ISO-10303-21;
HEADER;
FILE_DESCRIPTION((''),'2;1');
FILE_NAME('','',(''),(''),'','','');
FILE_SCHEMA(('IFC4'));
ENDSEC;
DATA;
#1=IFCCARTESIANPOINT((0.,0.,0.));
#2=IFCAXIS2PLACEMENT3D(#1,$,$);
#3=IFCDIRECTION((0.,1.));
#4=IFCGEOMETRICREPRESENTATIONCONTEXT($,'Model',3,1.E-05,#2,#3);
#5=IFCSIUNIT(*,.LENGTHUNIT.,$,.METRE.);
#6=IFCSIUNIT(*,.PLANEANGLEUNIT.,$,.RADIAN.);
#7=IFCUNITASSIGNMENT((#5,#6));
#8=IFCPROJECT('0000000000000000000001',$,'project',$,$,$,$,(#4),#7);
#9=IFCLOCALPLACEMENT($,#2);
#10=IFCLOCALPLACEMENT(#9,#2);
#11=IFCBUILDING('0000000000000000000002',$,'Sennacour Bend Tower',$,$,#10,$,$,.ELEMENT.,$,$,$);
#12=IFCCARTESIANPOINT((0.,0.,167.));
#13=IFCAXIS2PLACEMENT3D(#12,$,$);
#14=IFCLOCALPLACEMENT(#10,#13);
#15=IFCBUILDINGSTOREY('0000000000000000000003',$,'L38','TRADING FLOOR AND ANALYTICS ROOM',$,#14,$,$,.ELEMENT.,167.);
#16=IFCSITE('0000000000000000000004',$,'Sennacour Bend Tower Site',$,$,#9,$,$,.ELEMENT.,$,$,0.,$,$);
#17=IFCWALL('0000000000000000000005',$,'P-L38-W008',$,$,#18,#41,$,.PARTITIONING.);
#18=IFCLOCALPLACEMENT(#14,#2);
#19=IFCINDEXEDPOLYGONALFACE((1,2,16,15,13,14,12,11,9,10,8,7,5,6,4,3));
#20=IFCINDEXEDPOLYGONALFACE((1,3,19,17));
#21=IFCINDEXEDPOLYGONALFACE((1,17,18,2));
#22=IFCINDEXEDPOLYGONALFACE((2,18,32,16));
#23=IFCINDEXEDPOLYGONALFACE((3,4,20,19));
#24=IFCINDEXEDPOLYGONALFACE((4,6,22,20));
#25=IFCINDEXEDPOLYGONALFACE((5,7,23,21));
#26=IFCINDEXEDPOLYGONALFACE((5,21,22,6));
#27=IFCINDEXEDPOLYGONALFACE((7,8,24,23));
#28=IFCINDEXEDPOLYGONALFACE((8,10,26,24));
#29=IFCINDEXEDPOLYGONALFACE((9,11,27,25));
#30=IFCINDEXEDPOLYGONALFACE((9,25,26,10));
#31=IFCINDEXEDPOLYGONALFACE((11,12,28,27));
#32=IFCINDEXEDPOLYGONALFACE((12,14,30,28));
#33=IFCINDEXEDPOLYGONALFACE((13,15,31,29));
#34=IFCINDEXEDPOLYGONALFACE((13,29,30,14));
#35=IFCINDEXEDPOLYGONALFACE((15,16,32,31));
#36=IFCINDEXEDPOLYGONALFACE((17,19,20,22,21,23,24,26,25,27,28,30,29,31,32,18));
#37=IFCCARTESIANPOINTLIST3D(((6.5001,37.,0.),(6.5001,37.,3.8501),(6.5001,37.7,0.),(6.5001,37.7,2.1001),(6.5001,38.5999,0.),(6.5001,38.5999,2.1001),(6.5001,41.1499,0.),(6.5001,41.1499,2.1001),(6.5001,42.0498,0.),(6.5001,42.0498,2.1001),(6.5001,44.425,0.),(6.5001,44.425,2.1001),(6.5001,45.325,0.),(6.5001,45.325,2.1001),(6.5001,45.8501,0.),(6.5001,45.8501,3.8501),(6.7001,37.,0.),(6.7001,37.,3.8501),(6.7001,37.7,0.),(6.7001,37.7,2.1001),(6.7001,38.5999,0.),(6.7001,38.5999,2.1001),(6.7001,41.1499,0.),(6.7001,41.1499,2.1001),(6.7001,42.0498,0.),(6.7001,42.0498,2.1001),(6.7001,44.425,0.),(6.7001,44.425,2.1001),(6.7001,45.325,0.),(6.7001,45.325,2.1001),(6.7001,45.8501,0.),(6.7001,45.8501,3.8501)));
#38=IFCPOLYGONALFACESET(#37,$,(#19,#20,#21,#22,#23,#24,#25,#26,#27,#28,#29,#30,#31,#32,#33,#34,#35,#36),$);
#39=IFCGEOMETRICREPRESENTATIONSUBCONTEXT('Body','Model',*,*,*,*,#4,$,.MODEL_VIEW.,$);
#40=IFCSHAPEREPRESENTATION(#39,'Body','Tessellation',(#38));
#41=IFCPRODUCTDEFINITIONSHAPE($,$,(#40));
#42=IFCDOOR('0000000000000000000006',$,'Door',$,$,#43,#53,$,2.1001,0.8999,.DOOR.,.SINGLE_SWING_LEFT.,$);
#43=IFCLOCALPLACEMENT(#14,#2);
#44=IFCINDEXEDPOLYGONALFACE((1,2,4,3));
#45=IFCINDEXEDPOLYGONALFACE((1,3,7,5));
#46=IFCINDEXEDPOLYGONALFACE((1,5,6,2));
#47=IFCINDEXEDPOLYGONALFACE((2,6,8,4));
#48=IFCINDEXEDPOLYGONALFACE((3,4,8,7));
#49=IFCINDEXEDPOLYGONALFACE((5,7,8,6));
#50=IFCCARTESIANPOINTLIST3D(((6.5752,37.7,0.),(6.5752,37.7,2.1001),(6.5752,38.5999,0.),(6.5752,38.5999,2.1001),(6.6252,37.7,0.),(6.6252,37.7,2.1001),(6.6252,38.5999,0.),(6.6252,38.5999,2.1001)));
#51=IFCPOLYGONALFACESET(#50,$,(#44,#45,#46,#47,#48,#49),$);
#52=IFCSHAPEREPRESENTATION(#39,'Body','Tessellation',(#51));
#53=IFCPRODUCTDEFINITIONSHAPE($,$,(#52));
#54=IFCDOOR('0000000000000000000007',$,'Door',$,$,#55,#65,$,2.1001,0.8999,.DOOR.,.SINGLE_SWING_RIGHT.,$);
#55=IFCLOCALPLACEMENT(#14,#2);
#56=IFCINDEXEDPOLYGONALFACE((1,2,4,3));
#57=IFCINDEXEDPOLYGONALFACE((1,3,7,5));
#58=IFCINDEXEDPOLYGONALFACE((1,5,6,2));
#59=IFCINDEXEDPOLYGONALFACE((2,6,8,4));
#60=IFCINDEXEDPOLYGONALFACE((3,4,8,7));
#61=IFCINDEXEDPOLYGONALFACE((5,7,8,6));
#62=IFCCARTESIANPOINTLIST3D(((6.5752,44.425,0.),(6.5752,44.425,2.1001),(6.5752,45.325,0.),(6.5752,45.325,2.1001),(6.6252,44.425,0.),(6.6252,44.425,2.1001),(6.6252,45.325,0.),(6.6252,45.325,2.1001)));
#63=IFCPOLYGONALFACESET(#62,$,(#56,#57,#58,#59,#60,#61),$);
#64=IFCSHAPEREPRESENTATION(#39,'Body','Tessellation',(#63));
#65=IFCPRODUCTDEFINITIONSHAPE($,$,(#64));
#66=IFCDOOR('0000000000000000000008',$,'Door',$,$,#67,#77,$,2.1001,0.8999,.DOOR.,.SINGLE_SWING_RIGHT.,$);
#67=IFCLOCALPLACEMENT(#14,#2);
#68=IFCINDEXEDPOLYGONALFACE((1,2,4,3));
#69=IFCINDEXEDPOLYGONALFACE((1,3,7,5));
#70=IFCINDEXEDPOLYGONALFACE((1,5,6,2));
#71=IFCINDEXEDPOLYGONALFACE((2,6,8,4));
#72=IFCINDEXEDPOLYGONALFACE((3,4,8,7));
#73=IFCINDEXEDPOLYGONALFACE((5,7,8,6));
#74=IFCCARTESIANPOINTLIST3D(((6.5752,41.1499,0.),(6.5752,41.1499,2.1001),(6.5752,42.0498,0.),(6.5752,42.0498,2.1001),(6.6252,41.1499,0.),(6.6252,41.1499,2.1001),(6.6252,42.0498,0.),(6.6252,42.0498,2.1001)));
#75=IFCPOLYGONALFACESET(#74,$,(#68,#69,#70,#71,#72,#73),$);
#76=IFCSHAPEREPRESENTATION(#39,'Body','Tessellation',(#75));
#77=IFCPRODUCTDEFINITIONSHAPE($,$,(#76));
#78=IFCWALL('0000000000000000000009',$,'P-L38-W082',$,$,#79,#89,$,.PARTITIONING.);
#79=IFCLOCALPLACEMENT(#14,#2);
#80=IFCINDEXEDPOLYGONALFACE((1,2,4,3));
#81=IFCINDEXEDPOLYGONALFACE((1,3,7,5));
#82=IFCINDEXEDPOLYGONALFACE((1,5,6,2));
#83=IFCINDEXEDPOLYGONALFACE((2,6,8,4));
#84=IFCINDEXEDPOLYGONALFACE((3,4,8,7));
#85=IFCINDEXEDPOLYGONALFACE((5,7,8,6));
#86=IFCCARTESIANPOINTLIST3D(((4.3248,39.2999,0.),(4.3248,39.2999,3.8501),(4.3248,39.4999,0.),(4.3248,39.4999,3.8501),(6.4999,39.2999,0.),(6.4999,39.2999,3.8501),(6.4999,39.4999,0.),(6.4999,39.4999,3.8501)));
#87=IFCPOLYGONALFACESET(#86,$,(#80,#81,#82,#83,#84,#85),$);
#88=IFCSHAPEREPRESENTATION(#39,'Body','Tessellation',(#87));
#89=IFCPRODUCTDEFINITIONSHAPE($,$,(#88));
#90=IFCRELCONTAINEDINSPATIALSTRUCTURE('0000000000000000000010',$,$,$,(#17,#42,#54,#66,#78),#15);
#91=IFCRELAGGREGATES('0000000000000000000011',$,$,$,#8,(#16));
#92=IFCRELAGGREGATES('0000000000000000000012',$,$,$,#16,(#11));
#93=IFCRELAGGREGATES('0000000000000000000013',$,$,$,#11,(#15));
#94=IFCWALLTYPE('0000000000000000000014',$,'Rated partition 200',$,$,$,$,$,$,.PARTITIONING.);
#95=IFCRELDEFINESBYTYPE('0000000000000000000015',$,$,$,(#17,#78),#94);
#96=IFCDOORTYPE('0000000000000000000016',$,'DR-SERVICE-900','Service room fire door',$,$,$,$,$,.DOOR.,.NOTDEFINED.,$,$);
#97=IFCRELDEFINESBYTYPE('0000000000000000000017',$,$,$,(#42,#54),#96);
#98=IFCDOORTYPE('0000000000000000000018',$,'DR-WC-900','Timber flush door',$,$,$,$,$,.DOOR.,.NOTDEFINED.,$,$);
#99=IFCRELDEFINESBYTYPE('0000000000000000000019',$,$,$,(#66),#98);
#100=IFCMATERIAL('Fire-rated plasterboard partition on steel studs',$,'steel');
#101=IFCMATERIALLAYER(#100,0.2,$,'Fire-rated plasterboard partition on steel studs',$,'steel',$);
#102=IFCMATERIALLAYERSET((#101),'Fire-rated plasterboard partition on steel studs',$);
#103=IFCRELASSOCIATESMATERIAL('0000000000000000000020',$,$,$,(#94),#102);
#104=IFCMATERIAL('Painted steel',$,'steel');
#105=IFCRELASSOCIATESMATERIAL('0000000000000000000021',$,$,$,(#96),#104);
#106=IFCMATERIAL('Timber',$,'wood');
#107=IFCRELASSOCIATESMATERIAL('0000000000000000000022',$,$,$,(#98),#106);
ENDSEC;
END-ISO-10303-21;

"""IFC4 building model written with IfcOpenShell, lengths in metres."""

from ifc_helpers import new_model, si_unit, direction, frame, frame_2d, origin, place, context, subcontext, project, spatial, rectangle, extrude, material, layer, layer_set, type_object, element, fill, save


model = new_model("IFC4")

# Units and contexts
model_context = context("Model", 3, precision=1e-05, world=origin(), true_north=direction((0.0, 1.0)))
body_context = subcontext(model_context, "Body", "Model", "MODEL_VIEW")
ifc_project = project(units=[si_unit("LENGTHUNIT", "METRE"), si_unit("PLANEANGLEUNIT", "RADIAN")], contexts=[model_context])

# Site, building, storey
site_placement = place(None, origin())
site = spatial("IfcSite", under=ifc_project, at=site_placement, Name="Sennacour Bend Tower Site", CompositionType="ELEMENT", RefElevation=0.0)
building_placement = place(site_placement, origin())
building = spatial("IfcBuilding", under=site, at=building_placement, Name="Sennacour Bend Tower", CompositionType="ELEMENT")
storey_placement = place(building_placement, frame((0.0, 0.0, 167.0)))
storey = spatial("IfcBuildingStorey", under=building, at=storey_placement, Name="L38", Description="TRADING FLOOR AND ANALYTICS ROOM", CompositionType="ELEMENT", Elevation=167.0)

# Shared definitions
ifc_material_1 = material(Name="Painted steel", Category="steel")

# Wall, openings, doors
ifc_material_2 = material(Name="Fire-rated plasterboard partition on steel studs", Category="steel")
ifc_layer_1 = layer(ifc_material_2, 0.2, Name="Fire-rated plasterboard partition on steel studs", Category="steel")
ifc_layer_set_1 = layer_set([ifc_layer_1], Name="Fire-rated plasterboard partition on steel studs")
wall_type_1 = type_object("IfcWallType", Name="Rated partition 200", PredefinedType="PARTITIONING", material=ifc_layer_set_1)
wall_1_placement = place(storey_placement, frame((6.6001, 37.0, 0.0), z_axis=(0.0, 0.0, 1.0), x_axis=(0.0, 1.0, 0.0)))
wall_1 = element("IfcWall", 1, at=wall_1_placement, inside=storey, type_object=wall_type_1, Name="P-L38-W008", PredefinedType="PARTITIONING", context=body_context, shape_type="SweptSolid", body=[
    extrude(rectangle(XDim=8.8501, YDim=0.2, at=frame_2d((4.425, 0.0))), origin(), (0.0, 0.0, 1.0), 3.8501),
])
opening_1_placement = place(wall_1_placement, frame((0.7, 0.0, 0.0)))
opening_1 = element("IfcOpeningElement", 2, at=opening_1_placement, cuts=wall_1, PredefinedType="OPENING", context=body_context, shape_type="SweptSolid", body=[
    extrude(rectangle(XDim=0.8999, YDim=2.1001, at=frame_2d((0.45, 1.05))), frame((0.0, 0.1099, 0.0), z_axis=(0.0, -1.0, 0.0), x_axis=(1.0, 0.0, 0.0)), (0.0, 0.0, 1.0), 0.22),
])
opening_2_placement = place(wall_1_placement, frame((4.1499, 0.0, 0.0)))
opening_2 = element("IfcOpeningElement", 3, at=opening_2_placement, cuts=wall_1, PredefinedType="OPENING", context=body_context, shape_type="SweptSolid", body=[
    extrude(rectangle(XDim=0.8999, YDim=2.1001, at=frame_2d((0.45, 1.05))), frame((0.0, 0.1099, 0.0), z_axis=(0.0, -1.0, 0.0), x_axis=(1.0, 0.0, 0.0)), (0.0, 0.0, 1.0), 0.22),
])
opening_3_placement = place(wall_1_placement, frame((7.425, 0.0, 0.0)))
opening_3 = element("IfcOpeningElement", 4, at=opening_3_placement, cuts=wall_1, PredefinedType="OPENING", context=body_context, shape_type="SweptSolid", body=[
    extrude(rectangle(XDim=0.8999, YDim=2.1001, at=frame_2d((0.45, 1.05))), frame((0.0, 0.1099, 0.0), z_axis=(0.0, -1.0, 0.0), x_axis=(1.0, 0.0, 0.0)), (0.0, 0.0, 1.0), 0.22),
])
door_type_1 = type_object("IfcDoorType", Name="DR-SERVICE-900", Description="Service room fire door", OperationType="NOTDEFINED", PredefinedType="DOOR", material=ifc_material_1)
door_1_placement = place(opening_1_placement, origin())
door_1 = element("IfcDoor", 5, at=door_1_placement, inside=storey, type_object=door_type_1, Name="Door", OperationType="SINGLE_SWING_LEFT", OverallHeight=2.1001, OverallWidth=0.8999, PredefinedType="DOOR", context=body_context, shape_type="SweptSolid", body=[
    extrude(rectangle(XDim=0.8999, YDim=2.1001, at=frame_2d((0.45, 1.05))), frame((0.0, 0.0249, 0.0), z_axis=(0.0, -1.0, 0.0), x_axis=(1.0, 0.0, 0.0)), (0.0, 0.0, 1.0), 0.05),
])
fill(opening_1, door_1)
door_2_placement = place(opening_3_placement, origin())
door_2 = element("IfcDoor", 6, at=door_2_placement, inside=storey, type_object=door_type_1, Name="Door", OperationType="SINGLE_SWING_RIGHT", OverallHeight=2.1001, OverallWidth=0.8999, PredefinedType="DOOR", context=body_context, shape_type="SweptSolid", body=[
    extrude(rectangle(XDim=0.8999, YDim=2.1001, at=frame_2d((0.45, 1.05))), frame((0.0, 0.0249, 0.0), z_axis=(0.0, -1.0, 0.0), x_axis=(1.0, 0.0, 0.0)), (0.0, 0.0, 1.0), 0.05),
])
fill(opening_3, door_2)
ifc_material_3 = material(Name="Timber", Category="wood")
door_type_2 = type_object("IfcDoorType", Name="DR-WC-900", Description="Timber flush door", OperationType="NOTDEFINED", PredefinedType="DOOR", material=ifc_material_3)
door_3_placement = place(opening_2_placement, origin())
door_3 = element("IfcDoor", 7, at=door_3_placement, inside=storey, type_object=door_type_2, Name="Door", OperationType="SINGLE_SWING_RIGHT", OverallHeight=2.1001, OverallWidth=0.8999, PredefinedType="DOOR", context=body_context, shape_type="SweptSolid", body=[
    extrude(rectangle(XDim=0.8999, YDim=2.1001, at=frame_2d((0.45, 1.05))), frame((0.0, 0.0249, 0.0), z_axis=(0.0, -1.0, 0.0), x_axis=(1.0, 0.0, 0.0)), (0.0, 0.0, 1.0), 0.05),
])
fill(opening_2, door_3)

# Wall
wall_2_placement = place(storey_placement, frame((4.325, 39.3999, 0.0), z_axis=(0.0, 0.0, 1.0), x_axis=(1.0, 0.0, 0.0)))
element("IfcWall", 8, at=wall_2_placement, inside=storey, type_object=wall_type_1, Name="P-L38-W082", PredefinedType="PARTITIONING", context=body_context, shape_type="SweptSolid", body=[
    extrude(rectangle(XDim=2.175, YDim=0.2, at=frame_2d((1.0874, 0.0))), origin(), (0.0, 0.0, 1.0), 3.8501),
])

save(model, "model.ifc")
